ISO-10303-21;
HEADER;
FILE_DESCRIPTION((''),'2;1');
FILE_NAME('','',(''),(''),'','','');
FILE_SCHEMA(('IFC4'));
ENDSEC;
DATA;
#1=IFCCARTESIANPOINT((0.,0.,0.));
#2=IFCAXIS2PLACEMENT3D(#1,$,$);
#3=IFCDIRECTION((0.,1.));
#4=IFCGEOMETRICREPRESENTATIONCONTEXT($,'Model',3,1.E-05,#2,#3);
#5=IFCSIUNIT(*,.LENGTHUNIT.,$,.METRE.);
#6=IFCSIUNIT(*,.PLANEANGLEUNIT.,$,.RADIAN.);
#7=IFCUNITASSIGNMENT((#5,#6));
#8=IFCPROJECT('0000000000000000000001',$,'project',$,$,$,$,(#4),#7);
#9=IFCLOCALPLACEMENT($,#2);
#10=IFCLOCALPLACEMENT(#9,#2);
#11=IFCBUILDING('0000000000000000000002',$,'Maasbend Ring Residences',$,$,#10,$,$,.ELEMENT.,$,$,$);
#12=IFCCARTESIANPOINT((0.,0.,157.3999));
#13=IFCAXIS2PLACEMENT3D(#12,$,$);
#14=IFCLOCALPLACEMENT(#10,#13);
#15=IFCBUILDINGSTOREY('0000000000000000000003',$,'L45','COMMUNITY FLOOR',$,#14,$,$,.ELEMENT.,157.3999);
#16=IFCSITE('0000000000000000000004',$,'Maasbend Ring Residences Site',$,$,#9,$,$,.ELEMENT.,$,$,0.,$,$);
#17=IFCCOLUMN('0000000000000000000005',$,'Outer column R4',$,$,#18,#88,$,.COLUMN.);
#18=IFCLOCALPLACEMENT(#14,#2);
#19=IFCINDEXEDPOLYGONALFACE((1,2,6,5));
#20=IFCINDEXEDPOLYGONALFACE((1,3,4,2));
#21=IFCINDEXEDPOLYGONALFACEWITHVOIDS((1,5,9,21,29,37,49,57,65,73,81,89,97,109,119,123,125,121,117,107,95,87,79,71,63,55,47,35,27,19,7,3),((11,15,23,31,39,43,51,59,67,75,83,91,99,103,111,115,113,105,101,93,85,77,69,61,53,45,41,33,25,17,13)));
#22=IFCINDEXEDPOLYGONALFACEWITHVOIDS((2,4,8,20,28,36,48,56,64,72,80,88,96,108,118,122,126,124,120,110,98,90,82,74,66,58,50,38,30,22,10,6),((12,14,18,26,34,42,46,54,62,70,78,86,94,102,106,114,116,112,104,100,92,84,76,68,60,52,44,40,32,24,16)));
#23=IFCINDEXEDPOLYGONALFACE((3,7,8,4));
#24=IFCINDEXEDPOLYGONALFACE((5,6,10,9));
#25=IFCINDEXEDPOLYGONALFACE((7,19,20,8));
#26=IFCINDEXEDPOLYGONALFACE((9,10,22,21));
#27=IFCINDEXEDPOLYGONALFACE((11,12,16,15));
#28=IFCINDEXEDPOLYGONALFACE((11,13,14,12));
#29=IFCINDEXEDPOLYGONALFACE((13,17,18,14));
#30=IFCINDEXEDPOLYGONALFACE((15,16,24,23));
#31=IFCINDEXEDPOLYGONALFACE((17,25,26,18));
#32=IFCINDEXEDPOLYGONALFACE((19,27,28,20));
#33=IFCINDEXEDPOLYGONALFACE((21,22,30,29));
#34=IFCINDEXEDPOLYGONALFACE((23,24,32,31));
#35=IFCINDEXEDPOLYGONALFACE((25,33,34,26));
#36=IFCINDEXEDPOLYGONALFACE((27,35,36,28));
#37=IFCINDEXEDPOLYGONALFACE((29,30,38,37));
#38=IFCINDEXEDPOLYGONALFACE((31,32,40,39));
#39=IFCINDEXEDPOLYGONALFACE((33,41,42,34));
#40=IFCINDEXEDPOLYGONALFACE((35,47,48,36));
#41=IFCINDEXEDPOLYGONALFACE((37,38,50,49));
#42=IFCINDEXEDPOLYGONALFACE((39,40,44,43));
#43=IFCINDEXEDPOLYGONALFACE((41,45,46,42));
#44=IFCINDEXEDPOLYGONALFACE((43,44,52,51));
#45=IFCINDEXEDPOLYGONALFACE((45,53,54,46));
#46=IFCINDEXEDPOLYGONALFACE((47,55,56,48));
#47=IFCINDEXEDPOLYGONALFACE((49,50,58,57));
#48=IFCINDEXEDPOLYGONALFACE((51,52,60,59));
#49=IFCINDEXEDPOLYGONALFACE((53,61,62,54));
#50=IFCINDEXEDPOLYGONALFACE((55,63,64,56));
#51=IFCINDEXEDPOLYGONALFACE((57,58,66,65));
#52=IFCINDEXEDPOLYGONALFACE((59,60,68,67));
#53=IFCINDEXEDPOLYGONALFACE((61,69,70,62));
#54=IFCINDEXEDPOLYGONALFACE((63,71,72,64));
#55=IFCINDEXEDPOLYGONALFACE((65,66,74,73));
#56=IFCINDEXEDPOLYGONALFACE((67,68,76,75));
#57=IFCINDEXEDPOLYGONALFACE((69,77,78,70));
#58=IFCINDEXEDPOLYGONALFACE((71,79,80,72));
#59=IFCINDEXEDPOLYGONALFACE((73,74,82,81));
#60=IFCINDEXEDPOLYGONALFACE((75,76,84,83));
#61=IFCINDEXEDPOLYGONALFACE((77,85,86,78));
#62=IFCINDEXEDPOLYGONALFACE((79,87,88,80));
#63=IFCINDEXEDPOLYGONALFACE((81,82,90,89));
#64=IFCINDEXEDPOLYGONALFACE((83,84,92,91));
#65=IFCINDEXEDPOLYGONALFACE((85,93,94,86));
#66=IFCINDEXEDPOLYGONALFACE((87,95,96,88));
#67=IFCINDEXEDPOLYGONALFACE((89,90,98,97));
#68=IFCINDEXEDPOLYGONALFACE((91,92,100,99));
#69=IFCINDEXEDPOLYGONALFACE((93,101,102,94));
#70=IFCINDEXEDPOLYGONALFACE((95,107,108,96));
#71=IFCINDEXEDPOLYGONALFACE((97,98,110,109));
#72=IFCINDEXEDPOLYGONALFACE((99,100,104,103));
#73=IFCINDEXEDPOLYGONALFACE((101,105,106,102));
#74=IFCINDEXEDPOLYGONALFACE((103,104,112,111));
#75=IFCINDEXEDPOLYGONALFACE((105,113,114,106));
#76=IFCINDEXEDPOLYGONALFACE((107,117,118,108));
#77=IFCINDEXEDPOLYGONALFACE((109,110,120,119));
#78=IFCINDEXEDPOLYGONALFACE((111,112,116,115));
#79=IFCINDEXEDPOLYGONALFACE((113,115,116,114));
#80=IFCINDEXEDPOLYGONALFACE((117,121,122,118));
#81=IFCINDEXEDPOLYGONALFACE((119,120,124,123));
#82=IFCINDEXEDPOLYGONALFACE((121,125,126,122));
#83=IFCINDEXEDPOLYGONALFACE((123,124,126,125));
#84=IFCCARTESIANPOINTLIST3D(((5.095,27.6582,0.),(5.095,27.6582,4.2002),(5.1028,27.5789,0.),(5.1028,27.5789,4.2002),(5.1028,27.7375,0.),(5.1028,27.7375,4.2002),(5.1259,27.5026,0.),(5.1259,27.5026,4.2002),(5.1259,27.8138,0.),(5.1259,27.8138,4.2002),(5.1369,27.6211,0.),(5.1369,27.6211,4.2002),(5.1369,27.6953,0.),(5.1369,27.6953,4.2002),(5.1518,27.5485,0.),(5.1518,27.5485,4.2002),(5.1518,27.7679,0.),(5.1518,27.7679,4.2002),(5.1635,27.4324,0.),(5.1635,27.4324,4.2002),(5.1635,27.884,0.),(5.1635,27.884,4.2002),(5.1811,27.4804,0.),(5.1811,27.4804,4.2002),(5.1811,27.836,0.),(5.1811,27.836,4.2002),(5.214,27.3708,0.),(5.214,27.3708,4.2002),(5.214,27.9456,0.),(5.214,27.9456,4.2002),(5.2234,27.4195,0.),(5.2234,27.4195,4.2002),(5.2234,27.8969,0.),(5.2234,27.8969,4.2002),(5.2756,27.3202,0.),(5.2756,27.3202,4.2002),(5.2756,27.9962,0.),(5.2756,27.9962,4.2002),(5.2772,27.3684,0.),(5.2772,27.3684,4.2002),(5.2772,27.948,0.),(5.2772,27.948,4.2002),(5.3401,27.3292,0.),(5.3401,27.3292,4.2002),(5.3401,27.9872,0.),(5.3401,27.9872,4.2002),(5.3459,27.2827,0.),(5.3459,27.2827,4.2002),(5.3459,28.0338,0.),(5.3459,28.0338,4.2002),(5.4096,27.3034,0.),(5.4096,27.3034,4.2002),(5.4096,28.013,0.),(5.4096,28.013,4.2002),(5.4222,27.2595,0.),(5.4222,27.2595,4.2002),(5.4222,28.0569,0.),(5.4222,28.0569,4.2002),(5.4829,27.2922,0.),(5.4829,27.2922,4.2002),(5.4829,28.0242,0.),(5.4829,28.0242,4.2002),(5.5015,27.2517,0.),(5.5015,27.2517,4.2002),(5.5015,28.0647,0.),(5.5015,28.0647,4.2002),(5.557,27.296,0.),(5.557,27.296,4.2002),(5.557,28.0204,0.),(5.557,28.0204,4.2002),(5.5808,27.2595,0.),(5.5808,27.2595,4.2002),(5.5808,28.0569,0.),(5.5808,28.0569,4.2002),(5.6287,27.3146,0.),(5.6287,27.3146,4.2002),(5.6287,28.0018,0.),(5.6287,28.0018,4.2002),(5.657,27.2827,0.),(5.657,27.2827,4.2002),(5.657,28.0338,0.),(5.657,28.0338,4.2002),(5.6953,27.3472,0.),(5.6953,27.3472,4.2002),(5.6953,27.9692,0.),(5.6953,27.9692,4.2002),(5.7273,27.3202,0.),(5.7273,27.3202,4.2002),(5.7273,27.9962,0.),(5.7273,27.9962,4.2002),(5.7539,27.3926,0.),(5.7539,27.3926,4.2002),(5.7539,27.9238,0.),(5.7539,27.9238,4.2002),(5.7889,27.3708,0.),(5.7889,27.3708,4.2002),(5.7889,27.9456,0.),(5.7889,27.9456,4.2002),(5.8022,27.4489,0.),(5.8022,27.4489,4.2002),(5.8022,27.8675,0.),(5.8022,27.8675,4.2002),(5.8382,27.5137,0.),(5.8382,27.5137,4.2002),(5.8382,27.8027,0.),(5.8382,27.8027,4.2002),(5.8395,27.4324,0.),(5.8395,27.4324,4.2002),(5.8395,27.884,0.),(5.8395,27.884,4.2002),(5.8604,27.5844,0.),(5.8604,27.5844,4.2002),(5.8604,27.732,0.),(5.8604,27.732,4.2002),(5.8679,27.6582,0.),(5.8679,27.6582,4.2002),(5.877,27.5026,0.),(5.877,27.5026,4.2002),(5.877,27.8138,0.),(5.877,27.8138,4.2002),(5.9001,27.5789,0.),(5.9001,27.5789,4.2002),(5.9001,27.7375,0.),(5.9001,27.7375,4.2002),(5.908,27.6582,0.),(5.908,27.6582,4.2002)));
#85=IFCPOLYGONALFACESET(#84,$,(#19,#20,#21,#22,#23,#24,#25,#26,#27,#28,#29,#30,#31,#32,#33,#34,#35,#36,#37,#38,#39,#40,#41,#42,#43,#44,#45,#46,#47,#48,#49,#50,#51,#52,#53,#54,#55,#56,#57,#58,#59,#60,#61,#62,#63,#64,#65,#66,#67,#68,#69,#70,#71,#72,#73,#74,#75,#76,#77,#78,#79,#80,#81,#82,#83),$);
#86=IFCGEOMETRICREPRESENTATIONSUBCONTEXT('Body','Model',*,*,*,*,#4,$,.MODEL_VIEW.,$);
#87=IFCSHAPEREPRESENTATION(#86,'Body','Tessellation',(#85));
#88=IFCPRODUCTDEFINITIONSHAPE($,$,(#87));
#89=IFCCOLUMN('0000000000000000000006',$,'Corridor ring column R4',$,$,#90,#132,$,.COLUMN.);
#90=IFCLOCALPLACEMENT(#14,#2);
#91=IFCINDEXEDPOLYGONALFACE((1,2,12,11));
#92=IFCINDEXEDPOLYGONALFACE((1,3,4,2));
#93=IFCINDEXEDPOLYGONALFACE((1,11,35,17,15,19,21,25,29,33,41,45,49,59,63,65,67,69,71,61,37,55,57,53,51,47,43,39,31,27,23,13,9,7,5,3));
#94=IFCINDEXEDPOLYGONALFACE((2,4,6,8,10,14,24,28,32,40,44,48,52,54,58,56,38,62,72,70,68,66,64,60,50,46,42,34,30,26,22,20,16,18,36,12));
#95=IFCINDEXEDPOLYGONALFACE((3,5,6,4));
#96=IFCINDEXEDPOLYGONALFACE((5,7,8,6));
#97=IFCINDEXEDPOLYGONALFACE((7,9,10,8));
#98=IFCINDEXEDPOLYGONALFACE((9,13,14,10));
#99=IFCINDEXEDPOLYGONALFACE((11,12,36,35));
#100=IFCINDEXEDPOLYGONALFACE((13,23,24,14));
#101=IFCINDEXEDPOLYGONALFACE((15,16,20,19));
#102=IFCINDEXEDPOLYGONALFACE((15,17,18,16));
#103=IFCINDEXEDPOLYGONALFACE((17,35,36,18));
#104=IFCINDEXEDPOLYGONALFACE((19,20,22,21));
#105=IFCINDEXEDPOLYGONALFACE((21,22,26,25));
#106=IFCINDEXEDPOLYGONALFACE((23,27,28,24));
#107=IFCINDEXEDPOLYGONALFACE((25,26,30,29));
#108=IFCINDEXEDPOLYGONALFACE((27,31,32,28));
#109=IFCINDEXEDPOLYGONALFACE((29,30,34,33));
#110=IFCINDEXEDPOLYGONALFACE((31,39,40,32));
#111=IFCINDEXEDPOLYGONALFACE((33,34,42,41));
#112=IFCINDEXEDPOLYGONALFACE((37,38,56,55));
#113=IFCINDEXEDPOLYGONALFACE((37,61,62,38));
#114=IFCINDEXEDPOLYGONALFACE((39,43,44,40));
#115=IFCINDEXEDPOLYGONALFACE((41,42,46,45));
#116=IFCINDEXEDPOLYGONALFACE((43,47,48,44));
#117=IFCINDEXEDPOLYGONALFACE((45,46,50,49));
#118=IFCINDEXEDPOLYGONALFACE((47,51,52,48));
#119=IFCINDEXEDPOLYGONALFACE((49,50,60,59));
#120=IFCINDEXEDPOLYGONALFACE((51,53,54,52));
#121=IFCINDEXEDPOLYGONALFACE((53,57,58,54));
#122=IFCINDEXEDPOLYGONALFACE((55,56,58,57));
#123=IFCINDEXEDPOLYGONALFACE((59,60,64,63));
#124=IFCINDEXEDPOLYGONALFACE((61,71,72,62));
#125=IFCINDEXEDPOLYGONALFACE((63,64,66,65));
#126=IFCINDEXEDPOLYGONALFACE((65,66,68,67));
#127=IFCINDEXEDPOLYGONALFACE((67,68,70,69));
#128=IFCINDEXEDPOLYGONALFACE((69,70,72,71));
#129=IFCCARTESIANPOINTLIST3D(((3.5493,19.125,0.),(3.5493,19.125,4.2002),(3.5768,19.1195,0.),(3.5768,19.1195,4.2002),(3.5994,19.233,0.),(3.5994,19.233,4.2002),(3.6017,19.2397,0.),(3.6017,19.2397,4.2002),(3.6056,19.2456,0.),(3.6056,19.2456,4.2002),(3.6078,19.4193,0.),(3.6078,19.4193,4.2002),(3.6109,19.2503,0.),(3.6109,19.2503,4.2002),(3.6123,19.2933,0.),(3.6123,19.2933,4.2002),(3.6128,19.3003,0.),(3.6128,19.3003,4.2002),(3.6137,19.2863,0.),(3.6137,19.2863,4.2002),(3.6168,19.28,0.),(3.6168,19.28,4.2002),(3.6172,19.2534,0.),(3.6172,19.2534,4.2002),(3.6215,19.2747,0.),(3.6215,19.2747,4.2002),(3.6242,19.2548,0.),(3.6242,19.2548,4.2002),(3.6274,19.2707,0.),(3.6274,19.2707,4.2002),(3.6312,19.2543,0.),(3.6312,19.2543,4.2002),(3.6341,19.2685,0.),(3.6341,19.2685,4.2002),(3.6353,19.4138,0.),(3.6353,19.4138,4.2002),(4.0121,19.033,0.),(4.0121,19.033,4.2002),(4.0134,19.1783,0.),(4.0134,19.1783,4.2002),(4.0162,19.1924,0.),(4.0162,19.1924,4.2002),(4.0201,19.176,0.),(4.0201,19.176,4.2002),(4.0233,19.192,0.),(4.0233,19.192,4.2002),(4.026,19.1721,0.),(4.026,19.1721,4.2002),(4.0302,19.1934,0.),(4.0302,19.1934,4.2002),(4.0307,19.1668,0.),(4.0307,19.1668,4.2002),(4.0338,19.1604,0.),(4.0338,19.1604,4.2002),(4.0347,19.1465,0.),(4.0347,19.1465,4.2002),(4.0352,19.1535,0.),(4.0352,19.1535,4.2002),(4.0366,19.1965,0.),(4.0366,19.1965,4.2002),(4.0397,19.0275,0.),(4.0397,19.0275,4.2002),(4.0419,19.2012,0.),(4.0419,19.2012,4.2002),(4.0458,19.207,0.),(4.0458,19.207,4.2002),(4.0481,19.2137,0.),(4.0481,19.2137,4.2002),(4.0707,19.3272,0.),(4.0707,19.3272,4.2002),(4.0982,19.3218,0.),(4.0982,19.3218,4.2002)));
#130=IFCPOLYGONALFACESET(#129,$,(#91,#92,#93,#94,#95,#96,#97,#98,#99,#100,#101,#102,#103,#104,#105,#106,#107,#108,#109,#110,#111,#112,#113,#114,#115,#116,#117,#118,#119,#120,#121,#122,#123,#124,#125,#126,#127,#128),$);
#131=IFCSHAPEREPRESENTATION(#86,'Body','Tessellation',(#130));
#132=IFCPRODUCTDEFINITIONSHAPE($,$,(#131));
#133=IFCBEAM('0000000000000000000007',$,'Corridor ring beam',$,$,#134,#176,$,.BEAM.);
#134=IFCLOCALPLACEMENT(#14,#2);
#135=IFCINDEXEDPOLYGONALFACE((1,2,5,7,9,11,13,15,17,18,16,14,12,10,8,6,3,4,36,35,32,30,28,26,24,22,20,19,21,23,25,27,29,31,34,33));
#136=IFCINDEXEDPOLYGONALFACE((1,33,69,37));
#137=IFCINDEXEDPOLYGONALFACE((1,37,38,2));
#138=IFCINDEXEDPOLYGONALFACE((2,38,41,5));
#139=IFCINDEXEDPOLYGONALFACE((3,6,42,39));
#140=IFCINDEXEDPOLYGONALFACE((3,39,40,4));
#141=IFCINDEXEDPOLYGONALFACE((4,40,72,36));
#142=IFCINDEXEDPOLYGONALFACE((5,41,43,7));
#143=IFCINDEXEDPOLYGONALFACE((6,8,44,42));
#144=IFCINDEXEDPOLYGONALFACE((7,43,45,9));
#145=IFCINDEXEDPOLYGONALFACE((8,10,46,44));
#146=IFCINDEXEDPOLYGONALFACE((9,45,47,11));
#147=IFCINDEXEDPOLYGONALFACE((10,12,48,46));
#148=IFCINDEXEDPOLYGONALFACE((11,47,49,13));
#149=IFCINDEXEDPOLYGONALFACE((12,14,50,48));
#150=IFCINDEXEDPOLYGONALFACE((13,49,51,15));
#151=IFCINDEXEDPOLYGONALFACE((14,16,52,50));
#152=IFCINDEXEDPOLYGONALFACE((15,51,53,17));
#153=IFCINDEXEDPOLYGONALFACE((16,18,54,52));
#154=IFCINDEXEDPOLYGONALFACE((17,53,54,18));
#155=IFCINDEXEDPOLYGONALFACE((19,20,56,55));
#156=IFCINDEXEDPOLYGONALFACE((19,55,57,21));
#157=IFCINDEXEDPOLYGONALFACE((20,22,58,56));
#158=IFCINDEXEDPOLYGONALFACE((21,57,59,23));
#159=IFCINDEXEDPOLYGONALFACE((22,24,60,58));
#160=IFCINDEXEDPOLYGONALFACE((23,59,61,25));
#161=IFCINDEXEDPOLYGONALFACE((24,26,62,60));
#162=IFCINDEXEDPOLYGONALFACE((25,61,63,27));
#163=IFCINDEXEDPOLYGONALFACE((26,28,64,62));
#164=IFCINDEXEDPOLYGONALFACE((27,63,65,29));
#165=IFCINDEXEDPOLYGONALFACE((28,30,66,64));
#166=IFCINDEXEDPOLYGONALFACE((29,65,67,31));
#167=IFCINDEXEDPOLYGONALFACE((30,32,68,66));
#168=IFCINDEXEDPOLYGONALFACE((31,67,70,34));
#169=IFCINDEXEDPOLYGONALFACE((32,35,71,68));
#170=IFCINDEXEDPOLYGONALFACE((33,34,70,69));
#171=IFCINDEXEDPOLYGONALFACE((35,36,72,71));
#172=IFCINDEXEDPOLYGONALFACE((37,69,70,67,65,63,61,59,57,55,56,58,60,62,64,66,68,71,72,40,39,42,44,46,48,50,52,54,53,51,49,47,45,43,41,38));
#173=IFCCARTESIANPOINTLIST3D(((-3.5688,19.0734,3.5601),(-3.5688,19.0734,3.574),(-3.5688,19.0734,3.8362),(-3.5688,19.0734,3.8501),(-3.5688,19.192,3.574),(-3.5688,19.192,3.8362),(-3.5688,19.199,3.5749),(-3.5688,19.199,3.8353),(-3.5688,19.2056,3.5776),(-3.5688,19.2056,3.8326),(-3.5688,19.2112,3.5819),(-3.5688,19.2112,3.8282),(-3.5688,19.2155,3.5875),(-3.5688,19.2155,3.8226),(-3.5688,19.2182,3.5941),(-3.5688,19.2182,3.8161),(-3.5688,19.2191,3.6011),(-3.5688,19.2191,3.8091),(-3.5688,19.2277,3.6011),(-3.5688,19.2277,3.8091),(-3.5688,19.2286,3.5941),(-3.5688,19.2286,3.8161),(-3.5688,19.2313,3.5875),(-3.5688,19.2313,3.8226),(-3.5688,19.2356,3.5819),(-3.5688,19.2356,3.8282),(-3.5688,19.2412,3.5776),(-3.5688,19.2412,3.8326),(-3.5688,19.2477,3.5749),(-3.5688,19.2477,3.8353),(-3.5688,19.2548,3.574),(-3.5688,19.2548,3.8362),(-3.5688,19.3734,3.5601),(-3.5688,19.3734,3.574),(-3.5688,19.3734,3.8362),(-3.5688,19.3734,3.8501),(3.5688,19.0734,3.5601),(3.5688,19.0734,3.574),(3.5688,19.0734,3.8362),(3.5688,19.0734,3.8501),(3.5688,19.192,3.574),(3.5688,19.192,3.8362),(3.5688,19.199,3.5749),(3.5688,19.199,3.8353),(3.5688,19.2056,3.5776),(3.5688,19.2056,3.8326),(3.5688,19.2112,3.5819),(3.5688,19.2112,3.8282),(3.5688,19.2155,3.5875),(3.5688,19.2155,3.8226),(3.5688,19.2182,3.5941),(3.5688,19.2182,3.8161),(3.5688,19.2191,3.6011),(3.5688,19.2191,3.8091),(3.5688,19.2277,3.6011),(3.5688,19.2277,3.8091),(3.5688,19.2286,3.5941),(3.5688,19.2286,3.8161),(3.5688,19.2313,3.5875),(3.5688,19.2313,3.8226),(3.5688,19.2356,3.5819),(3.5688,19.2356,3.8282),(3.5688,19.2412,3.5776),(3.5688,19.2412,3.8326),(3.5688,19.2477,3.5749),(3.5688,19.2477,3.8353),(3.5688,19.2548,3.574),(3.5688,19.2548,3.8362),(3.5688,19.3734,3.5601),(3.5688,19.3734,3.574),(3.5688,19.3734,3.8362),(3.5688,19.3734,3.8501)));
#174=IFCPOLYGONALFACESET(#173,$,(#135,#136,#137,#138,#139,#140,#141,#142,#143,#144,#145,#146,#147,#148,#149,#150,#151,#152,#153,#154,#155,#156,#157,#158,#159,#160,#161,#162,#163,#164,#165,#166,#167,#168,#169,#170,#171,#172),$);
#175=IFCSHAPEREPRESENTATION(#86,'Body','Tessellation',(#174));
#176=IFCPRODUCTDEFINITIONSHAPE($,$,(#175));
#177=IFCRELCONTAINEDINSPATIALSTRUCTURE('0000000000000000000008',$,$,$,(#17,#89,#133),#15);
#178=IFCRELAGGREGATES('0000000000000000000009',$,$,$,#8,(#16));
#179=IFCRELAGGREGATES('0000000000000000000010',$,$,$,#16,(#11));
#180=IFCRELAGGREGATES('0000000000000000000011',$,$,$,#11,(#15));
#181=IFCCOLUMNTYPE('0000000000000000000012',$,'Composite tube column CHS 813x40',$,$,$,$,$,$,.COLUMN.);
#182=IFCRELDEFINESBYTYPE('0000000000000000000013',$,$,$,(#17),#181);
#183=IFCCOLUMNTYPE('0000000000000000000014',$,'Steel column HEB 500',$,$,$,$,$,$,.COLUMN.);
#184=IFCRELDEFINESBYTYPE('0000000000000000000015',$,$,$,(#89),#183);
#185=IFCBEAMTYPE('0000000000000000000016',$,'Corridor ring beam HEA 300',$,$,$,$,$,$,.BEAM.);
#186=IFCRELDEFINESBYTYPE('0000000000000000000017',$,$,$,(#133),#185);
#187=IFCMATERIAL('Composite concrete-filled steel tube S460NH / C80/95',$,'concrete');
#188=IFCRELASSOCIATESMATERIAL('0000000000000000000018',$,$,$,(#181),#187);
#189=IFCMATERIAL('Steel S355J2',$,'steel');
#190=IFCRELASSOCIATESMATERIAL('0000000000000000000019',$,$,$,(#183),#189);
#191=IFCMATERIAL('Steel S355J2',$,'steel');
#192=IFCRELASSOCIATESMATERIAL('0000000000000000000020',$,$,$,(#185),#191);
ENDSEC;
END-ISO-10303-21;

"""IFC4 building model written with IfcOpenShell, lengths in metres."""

from ifc_helpers import new_model, si_unit, direction, frame, origin, origin_2d, place, context, subcontext, project, spatial, hollow_circle, i_section, extrude, material, material_profile, profile_set, type_object, element, save


model = new_model("IFC4")

# Units and contexts
model_context = context("Model", 3, precision=1e-05, world=origin(), true_north=direction((0.0, 1.0)))
body_context = subcontext(model_context, "Body", "Model", "MODEL_VIEW")
ifc_project = project(units=[si_unit("LENGTHUNIT", "METRE"), si_unit("PLANEANGLEUNIT", "RADIAN")], contexts=[model_context])

# Site, building, storey
site_placement = place(None, origin())
site = spatial("IfcSite", under=ifc_project, at=site_placement, Name="Maasbend Ring Residences Site", CompositionType="ELEMENT", RefElevation=0.0)
building_placement = place(site_placement, origin())
building = spatial("IfcBuilding", under=site, at=building_placement, Name="Maasbend Ring Residences", CompositionType="ELEMENT")
storey_placement = place(building_placement, frame((0.0, 0.0, 157.3999)))
storey = spatial("IfcBuildingStorey", under=building, at=storey_placement, Name="L45", Description="COMMUNITY FLOOR", CompositionType="ELEMENT", Elevation=157.3999)

# Columns
ifc_material_1 = material(Name="Composite concrete-filled steel tube S460NH / C80/95", Category="concrete")
ifc_material_profile_1 = material_profile(ifc_material_1, hollow_circle(Radius=0.4065, WallThickness=0.04, at=origin_2d()), Name="Composite tube column CHS 813x40")
ifc_profile_set_1 = profile_set([ifc_material_profile_1], Name="Composite concrete-filled steel tube S460NH / C80/95")
column_type_1 = type_object("IfcColumnType", Name="Composite tube column CHS 813x40", PredefinedType="COLUMN", material=ifc_profile_set_1)
column_1_placement = place(storey_placement, frame((5.5015, 27.6582, 0.0), z_axis=(0.0, 0.0, 1.0), x_axis=(1.0, 0.0, 0.0)))
element("IfcColumn", 1, at=column_1_placement, inside=storey, type_object=column_type_1, Name="Outer column R4", PredefinedType="COLUMN", context=body_context, shape_type="SweptSolid", body=[
    extrude(hollow_circle(Radius=0.4065, WallThickness=0.04, at=origin_2d()), origin(), (0.0, 0.0, 1.0), 4.2002),
])
ifc_material_2 = material(Name="Steel S355J2", Category="steel")
ifc_material_profile_2 = material_profile(ifc_material_2, i_section(OverallWidth=0.3, OverallDepth=0.5, WebThickness=0.0144, FlangeThickness=0.0281, FilletRadius=0.0271, at=origin_2d()), Name="HEB 500")
ifc_profile_set_2 = profile_set([ifc_material_profile_2], Name="Steel S355J2")
column_type_2 = type_object("IfcColumnType", Name="Steel column HEB 500", PredefinedType="COLUMN", material=ifc_profile_set_2)
column_2_placement = place(storey_placement, frame((3.8237, 19.2234, 0.0), z_axis=(0.0, 0.0, 1.0), x_axis=(0.19509, 0.980785, 0.0)))
element("IfcColumn", 2, at=column_2_placement, inside=storey, type_object=column_type_2, Name="Corridor ring column R4", PredefinedType="COLUMN", context=body_context, shape_type="SweptSolid", body=[
    extrude(i_section(OverallWidth=0.3, OverallDepth=0.5, WebThickness=0.0144, FlangeThickness=0.0281, FilletRadius=0.0271, at=origin_2d()), origin(), (0.0, 0.0, 1.0), 4.2002),
])

# Beam
ifc_material_3 = material(Name="Steel S355J2", Category="steel")
ifc_material_profile_3 = material_profile(ifc_material_3, i_section(OverallWidth=0.3, OverallDepth=0.29, WebThickness=0.0085, FlangeThickness=0.0139, FilletRadius=0.0271, at=origin_2d()), Name="HEA 300")
ifc_profile_set_3 = profile_set([ifc_material_profile_3], Name="Steel S355J2")
beam_type_1 = type_object("IfcBeamType", Name="Corridor ring beam HEA 300", PredefinedType="BEAM", material=ifc_profile_set_3)
beam_1_placement = place(storey_placement, frame((3.5688, 19.2234, 3.7051), z_axis=(-1.0, 0.0, 0.0), x_axis=(0.0, -1.0, 0.0)))
element("IfcBeam", 3, at=beam_1_placement, inside=storey, type_object=beam_type_1, Name="Corridor ring beam", PredefinedType="BEAM", context=body_context, shape_type="SweptSolid", body=[
    extrude(i_section(OverallWidth=0.3, OverallDepth=0.29, WebThickness=0.0085, FlangeThickness=0.0139, FilletRadius=0.0271, at=origin_2d()), origin(), (0.0, 0.0, 1.0), 7.1377),
])

save(model, "model.ifc")
